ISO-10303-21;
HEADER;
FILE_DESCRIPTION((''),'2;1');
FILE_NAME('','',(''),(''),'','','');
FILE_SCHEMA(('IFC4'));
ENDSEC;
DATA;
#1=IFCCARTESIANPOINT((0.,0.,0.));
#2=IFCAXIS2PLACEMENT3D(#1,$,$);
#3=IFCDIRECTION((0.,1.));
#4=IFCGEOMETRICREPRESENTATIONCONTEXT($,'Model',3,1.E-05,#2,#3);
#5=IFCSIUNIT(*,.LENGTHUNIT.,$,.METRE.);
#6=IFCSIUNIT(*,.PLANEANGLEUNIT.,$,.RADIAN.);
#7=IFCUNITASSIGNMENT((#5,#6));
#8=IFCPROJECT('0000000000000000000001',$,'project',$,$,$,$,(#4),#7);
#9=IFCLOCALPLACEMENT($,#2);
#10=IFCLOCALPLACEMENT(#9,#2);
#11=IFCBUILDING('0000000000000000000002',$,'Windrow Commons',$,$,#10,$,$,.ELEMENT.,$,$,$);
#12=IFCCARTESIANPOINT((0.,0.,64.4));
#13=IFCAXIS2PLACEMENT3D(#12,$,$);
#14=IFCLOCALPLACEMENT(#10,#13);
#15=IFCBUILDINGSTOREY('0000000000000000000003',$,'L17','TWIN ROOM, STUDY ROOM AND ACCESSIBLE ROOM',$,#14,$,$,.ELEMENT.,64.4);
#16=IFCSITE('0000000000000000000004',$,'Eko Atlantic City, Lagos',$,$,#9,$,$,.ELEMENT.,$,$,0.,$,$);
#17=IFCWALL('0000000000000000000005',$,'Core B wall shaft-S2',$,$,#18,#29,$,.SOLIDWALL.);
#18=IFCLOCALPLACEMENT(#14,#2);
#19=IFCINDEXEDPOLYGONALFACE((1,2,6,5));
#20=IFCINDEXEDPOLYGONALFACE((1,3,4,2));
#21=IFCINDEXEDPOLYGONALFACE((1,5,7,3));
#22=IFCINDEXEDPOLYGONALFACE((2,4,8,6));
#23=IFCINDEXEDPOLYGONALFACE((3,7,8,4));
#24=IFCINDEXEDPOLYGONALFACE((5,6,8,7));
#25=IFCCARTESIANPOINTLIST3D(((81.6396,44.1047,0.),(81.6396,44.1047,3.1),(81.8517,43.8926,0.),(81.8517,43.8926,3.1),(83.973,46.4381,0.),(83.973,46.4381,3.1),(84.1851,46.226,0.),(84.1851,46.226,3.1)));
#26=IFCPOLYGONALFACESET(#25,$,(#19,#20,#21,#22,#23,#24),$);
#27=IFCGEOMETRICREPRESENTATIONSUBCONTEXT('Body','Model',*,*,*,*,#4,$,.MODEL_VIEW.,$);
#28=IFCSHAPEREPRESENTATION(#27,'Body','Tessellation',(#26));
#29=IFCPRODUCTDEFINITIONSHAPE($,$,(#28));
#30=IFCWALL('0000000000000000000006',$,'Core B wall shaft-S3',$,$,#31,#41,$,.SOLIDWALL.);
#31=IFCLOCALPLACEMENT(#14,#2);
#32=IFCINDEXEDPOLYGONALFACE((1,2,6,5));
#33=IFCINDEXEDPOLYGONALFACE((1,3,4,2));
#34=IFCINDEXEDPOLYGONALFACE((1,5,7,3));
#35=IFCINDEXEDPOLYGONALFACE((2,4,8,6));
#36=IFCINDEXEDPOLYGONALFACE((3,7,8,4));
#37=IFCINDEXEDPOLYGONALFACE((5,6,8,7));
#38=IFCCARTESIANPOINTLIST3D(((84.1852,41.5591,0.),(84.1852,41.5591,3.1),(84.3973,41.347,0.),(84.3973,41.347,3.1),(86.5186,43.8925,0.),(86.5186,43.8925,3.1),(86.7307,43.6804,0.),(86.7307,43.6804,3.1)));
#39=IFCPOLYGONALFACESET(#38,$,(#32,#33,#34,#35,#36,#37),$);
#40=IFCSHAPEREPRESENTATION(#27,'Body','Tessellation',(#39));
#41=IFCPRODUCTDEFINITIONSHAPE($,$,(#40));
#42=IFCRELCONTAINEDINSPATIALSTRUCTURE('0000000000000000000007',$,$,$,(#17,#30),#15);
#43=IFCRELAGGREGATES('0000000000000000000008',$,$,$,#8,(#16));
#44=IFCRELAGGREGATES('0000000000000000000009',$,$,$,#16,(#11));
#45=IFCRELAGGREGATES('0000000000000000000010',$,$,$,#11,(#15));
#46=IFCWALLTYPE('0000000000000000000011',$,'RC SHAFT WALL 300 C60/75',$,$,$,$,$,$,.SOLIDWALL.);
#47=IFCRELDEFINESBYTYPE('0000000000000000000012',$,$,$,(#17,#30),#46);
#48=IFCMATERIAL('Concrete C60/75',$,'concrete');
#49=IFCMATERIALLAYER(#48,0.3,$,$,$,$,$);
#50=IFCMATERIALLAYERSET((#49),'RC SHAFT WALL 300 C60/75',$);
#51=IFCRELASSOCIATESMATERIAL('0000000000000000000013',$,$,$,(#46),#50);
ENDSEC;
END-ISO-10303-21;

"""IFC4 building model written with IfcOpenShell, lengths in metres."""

from ifc_helpers import new_model, si_unit, direction, frame, frame_2d, origin, place, context, subcontext, project, spatial, rectangle, extrude, material, layer, layer_set, type_object, element, save


model = new_model("IFC4")

# Units and contexts
model_context = context("Model", 3, precision=1e-05, world=origin(), true_north=direction((0.0, 1.0)))
body_context = subcontext(model_context, "Body", "Model", "MODEL_VIEW")
ifc_project = project(units=[si_unit("LENGTHUNIT", "METRE"), si_unit("PLANEANGLEUNIT", "RADIAN")], contexts=[model_context])

# Site, building, storey
site_placement = place(None, origin())
site = spatial("IfcSite", under=ifc_project, at=site_placement, Name="Eko Atlantic City, Lagos", CompositionType="ELEMENT", RefElevation=0.0)
building_placement = place(site_placement, origin())
building = spatial("IfcBuilding", under=site, at=building_placement, Name="Windrow Commons", CompositionType="ELEMENT")
storey_placement = place(building_placement, frame((0.0, 0.0, 64.4)))
storey = spatial("IfcBuildingStorey", under=building, at=storey_placement, Name="L17", Description="TWIN ROOM, STUDY ROOM AND ACCESSIBLE ROOM", CompositionType="ELEMENT", Elevation=64.4)

# Walls
ifc_material_1 = material(Name="Concrete C60/75", Category="concrete")
ifc_layer_1 = layer(ifc_material_1, 0.3)
ifc_layer_set_1 = layer_set([ifc_layer_1], Name="RC SHAFT WALL 300 C60/75")
wall_type_1 = type_object("IfcWallType", Name="RC SHAFT WALL 300 C60/75", PredefinedType="SOLIDWALL", material=ifc_layer_set_1)
for number, where, z_axis, x_axis, name in (
    (1, (81.7456, 43.9986, 0.0), (0.0, 0.0, 1.0), (0.707107, 0.707107, 0.0), "Core B wall shaft-S2"),
    (2, (84.2912, 41.453, 0.0), (0.0, 0.0, 1.0), (0.707107, 0.707107, 0.0), "Core B wall shaft-S3"),
):
    element("IfcWall", number, at=place(storey_placement, frame(where, z_axis=z_axis, x_axis=x_axis)), inside=storey, type_object=wall_type_1, Name=name, PredefinedType="SOLIDWALL", context=body_context, shape_type="SweptSolid", body=[
        extrude(rectangle(XDim=3.2999, YDim=0.3, at=frame_2d((1.65, 0.0))), origin(), (0.0, 0.0, 1.0), 3.1),
    ])

save(model, "model.ifc")
